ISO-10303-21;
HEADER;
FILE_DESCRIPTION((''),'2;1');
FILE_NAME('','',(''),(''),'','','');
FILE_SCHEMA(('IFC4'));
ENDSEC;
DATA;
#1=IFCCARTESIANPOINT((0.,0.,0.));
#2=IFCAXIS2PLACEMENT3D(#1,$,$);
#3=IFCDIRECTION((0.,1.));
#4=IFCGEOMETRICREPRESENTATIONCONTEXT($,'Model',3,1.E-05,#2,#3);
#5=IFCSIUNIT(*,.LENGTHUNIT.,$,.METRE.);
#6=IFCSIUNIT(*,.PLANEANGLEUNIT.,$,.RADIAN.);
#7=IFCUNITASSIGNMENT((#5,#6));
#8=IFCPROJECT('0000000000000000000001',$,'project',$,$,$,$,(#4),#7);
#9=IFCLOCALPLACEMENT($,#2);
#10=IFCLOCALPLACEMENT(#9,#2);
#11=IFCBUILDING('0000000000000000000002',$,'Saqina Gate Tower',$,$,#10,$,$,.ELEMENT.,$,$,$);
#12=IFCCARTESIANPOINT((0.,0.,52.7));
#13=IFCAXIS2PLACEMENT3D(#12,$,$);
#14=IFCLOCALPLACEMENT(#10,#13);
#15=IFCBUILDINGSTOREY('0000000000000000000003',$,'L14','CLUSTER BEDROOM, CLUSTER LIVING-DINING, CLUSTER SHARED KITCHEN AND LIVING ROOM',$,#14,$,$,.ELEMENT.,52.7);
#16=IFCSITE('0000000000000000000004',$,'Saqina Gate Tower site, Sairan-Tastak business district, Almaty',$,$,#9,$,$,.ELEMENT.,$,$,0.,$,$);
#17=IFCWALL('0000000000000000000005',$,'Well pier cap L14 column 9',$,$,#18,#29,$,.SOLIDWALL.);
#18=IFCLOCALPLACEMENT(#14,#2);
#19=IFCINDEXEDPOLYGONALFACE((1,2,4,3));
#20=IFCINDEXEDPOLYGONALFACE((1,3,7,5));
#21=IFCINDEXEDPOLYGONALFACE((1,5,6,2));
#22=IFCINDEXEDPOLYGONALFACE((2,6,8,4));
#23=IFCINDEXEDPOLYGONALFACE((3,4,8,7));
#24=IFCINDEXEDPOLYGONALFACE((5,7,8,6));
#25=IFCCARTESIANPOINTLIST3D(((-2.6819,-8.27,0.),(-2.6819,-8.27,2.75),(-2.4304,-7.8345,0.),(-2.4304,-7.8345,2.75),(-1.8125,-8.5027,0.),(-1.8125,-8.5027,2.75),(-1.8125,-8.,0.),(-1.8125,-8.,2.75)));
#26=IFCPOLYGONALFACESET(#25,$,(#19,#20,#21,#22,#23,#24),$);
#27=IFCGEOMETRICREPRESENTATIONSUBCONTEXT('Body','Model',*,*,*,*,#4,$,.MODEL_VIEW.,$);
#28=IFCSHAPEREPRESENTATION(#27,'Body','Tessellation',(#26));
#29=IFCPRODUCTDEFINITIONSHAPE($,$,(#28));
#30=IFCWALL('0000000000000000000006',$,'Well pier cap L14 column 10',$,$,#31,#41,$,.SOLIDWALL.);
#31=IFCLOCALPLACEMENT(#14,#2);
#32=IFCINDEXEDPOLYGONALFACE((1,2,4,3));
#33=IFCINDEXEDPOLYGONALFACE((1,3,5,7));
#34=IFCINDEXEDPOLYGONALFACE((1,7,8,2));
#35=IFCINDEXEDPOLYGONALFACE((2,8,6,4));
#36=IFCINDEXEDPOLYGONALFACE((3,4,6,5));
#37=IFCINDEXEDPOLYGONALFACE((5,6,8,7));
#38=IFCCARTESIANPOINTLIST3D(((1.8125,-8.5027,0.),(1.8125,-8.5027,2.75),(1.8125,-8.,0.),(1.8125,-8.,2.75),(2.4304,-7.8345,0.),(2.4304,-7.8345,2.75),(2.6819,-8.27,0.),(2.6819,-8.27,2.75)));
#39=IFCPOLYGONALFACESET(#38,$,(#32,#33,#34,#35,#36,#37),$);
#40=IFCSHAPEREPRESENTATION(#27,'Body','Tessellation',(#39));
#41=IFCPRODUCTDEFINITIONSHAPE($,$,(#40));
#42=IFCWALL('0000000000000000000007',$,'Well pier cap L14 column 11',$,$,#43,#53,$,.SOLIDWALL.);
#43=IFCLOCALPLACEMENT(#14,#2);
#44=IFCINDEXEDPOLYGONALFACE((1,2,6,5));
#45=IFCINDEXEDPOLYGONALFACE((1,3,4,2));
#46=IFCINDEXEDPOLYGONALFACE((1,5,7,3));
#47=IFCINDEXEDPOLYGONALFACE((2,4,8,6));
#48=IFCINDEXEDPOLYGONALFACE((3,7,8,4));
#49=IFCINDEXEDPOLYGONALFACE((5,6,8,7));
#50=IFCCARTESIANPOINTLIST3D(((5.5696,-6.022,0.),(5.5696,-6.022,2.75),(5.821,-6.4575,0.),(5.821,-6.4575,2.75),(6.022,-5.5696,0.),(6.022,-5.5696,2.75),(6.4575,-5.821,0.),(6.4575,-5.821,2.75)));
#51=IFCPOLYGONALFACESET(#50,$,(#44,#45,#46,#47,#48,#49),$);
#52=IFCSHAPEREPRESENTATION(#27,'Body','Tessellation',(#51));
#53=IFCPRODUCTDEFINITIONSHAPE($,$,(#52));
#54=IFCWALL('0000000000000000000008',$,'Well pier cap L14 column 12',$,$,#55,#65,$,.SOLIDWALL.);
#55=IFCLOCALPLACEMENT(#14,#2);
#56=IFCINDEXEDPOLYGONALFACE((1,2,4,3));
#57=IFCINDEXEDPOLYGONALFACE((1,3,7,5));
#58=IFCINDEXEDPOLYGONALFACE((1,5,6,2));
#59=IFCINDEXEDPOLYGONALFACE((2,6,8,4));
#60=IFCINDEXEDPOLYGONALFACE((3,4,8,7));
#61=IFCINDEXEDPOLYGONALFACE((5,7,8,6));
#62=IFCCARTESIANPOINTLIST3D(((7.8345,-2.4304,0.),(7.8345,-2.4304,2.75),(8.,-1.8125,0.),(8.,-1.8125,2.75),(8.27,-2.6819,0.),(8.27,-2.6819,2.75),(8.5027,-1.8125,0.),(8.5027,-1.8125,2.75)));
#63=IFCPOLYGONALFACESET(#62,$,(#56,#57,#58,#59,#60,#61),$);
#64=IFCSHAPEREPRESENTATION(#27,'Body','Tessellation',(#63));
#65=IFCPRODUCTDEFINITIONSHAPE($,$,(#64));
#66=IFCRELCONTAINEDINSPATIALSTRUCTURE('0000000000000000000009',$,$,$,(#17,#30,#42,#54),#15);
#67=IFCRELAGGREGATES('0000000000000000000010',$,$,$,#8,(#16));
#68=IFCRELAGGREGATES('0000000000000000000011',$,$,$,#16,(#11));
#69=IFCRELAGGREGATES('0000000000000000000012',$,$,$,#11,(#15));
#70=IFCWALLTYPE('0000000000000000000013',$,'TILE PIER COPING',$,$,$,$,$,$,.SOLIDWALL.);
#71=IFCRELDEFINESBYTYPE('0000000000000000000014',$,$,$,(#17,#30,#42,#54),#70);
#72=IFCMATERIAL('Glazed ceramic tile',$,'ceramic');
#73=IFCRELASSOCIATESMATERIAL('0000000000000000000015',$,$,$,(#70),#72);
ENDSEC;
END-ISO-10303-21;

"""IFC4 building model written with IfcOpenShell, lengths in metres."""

from ifc_helpers import new_model, si_unit, direction, frame, origin, place, context, subcontext, project, spatial, polyline, outline, extrude, material, type_object, element, save


model = new_model("IFC4")

# Units and contexts
model_context = context("Model", 3, precision=1e-05, world=origin(), true_north=direction((0.0, 1.0)))
body_context = subcontext(model_context, "Body", "Model", "MODEL_VIEW")
ifc_project = project(units=[si_unit("LENGTHUNIT", "METRE"), si_unit("PLANEANGLEUNIT", "RADIAN")], contexts=[model_context])

# Site, building, storey
site_placement = place(None, origin())
site = spatial("IfcSite", under=ifc_project, at=site_placement, Name="Saqina Gate Tower site, Sairan-Tastak business district, Almaty", CompositionType="ELEMENT", RefElevation=0.0)
building_placement = place(site_placement, origin())
building = spatial("IfcBuilding", under=site, at=building_placement, Name="Saqina Gate Tower", CompositionType="ELEMENT")
storey_placement = place(building_placement, frame((0.0, 0.0, 52.7)))
storey = spatial("IfcBuildingStorey", under=building, at=storey_placement, Name="L14", Description="CLUSTER BEDROOM, CLUSTER LIVING-DINING, CLUSTER SHARED KITCHEN AND LIVING ROOM", CompositionType="ELEMENT", Elevation=52.7)

# Walls
ifc_material_1 = material(Name="Glazed ceramic tile", Category="ceramic")
wall_type_1 = type_object("IfcWallType", Name="TILE PIER COPING", PredefinedType="SOLIDWALL", material=ifc_material_1)
wall_1_placement = place(storey_placement, origin())
element("IfcWall", 1, at=wall_1_placement, inside=storey, type_object=wall_type_1, Name="Well pier cap L14 column 9", PredefinedType="SOLIDWALL", context=body_context, shape_type="SweptSolid", body=[
    extrude(outline(polyline([(-1.8125, -8.5027), (-1.8125, -8.0), (-2.4304, -7.8345), (-2.6819, -8.27), (-1.8125, -8.5027)])), origin(), (0.0, 0.0, 1.0), 2.75),
])
wall_2_placement = place(storey_placement, origin())
element("IfcWall", 2, at=wall_2_placement, inside=storey, type_object=wall_type_1, Name="Well pier cap L14 column 10", PredefinedType="SOLIDWALL", context=body_context, shape_type="SweptSolid", body=[
    extrude(outline(polyline([(2.6819, -8.27), (2.4304, -7.8345), (1.8125, -8.0), (1.8125, -8.5027), (2.6819, -8.27)])), origin(), (0.0, 0.0, 1.0), 2.75),
])
wall_3_placement = place(storey_placement, origin())
element("IfcWall", 3, at=wall_3_placement, inside=storey, type_object=wall_type_1, Name="Well pier cap L14 column 11", PredefinedType="SOLIDWALL", context=body_context, shape_type="SweptSolid", body=[
    extrude(outline(polyline([(5.821, -6.4575), (6.4575, -5.821), (6.022, -5.5696), (5.5696, -6.022), (5.821, -6.4575)])), origin(), (0.0, 0.0, 1.0), 2.75),
])
wall_4_placement = place(storey_placement, origin())
element("IfcWall", 4, at=wall_4_placement, inside=storey, type_object=wall_type_1, Name="Well pier cap L14 column 12", PredefinedType="SOLIDWALL", context=body_context, shape_type="SweptSolid", body=[
    extrude(outline(polyline([(8.5027, -1.8125), (8.0, -1.8125), (7.8345, -2.4304), (8.27, -2.6819), (8.5027, -1.8125)])), origin(), (0.0, 0.0, 1.0), 2.75),
])

save(model, "model.ifc")
